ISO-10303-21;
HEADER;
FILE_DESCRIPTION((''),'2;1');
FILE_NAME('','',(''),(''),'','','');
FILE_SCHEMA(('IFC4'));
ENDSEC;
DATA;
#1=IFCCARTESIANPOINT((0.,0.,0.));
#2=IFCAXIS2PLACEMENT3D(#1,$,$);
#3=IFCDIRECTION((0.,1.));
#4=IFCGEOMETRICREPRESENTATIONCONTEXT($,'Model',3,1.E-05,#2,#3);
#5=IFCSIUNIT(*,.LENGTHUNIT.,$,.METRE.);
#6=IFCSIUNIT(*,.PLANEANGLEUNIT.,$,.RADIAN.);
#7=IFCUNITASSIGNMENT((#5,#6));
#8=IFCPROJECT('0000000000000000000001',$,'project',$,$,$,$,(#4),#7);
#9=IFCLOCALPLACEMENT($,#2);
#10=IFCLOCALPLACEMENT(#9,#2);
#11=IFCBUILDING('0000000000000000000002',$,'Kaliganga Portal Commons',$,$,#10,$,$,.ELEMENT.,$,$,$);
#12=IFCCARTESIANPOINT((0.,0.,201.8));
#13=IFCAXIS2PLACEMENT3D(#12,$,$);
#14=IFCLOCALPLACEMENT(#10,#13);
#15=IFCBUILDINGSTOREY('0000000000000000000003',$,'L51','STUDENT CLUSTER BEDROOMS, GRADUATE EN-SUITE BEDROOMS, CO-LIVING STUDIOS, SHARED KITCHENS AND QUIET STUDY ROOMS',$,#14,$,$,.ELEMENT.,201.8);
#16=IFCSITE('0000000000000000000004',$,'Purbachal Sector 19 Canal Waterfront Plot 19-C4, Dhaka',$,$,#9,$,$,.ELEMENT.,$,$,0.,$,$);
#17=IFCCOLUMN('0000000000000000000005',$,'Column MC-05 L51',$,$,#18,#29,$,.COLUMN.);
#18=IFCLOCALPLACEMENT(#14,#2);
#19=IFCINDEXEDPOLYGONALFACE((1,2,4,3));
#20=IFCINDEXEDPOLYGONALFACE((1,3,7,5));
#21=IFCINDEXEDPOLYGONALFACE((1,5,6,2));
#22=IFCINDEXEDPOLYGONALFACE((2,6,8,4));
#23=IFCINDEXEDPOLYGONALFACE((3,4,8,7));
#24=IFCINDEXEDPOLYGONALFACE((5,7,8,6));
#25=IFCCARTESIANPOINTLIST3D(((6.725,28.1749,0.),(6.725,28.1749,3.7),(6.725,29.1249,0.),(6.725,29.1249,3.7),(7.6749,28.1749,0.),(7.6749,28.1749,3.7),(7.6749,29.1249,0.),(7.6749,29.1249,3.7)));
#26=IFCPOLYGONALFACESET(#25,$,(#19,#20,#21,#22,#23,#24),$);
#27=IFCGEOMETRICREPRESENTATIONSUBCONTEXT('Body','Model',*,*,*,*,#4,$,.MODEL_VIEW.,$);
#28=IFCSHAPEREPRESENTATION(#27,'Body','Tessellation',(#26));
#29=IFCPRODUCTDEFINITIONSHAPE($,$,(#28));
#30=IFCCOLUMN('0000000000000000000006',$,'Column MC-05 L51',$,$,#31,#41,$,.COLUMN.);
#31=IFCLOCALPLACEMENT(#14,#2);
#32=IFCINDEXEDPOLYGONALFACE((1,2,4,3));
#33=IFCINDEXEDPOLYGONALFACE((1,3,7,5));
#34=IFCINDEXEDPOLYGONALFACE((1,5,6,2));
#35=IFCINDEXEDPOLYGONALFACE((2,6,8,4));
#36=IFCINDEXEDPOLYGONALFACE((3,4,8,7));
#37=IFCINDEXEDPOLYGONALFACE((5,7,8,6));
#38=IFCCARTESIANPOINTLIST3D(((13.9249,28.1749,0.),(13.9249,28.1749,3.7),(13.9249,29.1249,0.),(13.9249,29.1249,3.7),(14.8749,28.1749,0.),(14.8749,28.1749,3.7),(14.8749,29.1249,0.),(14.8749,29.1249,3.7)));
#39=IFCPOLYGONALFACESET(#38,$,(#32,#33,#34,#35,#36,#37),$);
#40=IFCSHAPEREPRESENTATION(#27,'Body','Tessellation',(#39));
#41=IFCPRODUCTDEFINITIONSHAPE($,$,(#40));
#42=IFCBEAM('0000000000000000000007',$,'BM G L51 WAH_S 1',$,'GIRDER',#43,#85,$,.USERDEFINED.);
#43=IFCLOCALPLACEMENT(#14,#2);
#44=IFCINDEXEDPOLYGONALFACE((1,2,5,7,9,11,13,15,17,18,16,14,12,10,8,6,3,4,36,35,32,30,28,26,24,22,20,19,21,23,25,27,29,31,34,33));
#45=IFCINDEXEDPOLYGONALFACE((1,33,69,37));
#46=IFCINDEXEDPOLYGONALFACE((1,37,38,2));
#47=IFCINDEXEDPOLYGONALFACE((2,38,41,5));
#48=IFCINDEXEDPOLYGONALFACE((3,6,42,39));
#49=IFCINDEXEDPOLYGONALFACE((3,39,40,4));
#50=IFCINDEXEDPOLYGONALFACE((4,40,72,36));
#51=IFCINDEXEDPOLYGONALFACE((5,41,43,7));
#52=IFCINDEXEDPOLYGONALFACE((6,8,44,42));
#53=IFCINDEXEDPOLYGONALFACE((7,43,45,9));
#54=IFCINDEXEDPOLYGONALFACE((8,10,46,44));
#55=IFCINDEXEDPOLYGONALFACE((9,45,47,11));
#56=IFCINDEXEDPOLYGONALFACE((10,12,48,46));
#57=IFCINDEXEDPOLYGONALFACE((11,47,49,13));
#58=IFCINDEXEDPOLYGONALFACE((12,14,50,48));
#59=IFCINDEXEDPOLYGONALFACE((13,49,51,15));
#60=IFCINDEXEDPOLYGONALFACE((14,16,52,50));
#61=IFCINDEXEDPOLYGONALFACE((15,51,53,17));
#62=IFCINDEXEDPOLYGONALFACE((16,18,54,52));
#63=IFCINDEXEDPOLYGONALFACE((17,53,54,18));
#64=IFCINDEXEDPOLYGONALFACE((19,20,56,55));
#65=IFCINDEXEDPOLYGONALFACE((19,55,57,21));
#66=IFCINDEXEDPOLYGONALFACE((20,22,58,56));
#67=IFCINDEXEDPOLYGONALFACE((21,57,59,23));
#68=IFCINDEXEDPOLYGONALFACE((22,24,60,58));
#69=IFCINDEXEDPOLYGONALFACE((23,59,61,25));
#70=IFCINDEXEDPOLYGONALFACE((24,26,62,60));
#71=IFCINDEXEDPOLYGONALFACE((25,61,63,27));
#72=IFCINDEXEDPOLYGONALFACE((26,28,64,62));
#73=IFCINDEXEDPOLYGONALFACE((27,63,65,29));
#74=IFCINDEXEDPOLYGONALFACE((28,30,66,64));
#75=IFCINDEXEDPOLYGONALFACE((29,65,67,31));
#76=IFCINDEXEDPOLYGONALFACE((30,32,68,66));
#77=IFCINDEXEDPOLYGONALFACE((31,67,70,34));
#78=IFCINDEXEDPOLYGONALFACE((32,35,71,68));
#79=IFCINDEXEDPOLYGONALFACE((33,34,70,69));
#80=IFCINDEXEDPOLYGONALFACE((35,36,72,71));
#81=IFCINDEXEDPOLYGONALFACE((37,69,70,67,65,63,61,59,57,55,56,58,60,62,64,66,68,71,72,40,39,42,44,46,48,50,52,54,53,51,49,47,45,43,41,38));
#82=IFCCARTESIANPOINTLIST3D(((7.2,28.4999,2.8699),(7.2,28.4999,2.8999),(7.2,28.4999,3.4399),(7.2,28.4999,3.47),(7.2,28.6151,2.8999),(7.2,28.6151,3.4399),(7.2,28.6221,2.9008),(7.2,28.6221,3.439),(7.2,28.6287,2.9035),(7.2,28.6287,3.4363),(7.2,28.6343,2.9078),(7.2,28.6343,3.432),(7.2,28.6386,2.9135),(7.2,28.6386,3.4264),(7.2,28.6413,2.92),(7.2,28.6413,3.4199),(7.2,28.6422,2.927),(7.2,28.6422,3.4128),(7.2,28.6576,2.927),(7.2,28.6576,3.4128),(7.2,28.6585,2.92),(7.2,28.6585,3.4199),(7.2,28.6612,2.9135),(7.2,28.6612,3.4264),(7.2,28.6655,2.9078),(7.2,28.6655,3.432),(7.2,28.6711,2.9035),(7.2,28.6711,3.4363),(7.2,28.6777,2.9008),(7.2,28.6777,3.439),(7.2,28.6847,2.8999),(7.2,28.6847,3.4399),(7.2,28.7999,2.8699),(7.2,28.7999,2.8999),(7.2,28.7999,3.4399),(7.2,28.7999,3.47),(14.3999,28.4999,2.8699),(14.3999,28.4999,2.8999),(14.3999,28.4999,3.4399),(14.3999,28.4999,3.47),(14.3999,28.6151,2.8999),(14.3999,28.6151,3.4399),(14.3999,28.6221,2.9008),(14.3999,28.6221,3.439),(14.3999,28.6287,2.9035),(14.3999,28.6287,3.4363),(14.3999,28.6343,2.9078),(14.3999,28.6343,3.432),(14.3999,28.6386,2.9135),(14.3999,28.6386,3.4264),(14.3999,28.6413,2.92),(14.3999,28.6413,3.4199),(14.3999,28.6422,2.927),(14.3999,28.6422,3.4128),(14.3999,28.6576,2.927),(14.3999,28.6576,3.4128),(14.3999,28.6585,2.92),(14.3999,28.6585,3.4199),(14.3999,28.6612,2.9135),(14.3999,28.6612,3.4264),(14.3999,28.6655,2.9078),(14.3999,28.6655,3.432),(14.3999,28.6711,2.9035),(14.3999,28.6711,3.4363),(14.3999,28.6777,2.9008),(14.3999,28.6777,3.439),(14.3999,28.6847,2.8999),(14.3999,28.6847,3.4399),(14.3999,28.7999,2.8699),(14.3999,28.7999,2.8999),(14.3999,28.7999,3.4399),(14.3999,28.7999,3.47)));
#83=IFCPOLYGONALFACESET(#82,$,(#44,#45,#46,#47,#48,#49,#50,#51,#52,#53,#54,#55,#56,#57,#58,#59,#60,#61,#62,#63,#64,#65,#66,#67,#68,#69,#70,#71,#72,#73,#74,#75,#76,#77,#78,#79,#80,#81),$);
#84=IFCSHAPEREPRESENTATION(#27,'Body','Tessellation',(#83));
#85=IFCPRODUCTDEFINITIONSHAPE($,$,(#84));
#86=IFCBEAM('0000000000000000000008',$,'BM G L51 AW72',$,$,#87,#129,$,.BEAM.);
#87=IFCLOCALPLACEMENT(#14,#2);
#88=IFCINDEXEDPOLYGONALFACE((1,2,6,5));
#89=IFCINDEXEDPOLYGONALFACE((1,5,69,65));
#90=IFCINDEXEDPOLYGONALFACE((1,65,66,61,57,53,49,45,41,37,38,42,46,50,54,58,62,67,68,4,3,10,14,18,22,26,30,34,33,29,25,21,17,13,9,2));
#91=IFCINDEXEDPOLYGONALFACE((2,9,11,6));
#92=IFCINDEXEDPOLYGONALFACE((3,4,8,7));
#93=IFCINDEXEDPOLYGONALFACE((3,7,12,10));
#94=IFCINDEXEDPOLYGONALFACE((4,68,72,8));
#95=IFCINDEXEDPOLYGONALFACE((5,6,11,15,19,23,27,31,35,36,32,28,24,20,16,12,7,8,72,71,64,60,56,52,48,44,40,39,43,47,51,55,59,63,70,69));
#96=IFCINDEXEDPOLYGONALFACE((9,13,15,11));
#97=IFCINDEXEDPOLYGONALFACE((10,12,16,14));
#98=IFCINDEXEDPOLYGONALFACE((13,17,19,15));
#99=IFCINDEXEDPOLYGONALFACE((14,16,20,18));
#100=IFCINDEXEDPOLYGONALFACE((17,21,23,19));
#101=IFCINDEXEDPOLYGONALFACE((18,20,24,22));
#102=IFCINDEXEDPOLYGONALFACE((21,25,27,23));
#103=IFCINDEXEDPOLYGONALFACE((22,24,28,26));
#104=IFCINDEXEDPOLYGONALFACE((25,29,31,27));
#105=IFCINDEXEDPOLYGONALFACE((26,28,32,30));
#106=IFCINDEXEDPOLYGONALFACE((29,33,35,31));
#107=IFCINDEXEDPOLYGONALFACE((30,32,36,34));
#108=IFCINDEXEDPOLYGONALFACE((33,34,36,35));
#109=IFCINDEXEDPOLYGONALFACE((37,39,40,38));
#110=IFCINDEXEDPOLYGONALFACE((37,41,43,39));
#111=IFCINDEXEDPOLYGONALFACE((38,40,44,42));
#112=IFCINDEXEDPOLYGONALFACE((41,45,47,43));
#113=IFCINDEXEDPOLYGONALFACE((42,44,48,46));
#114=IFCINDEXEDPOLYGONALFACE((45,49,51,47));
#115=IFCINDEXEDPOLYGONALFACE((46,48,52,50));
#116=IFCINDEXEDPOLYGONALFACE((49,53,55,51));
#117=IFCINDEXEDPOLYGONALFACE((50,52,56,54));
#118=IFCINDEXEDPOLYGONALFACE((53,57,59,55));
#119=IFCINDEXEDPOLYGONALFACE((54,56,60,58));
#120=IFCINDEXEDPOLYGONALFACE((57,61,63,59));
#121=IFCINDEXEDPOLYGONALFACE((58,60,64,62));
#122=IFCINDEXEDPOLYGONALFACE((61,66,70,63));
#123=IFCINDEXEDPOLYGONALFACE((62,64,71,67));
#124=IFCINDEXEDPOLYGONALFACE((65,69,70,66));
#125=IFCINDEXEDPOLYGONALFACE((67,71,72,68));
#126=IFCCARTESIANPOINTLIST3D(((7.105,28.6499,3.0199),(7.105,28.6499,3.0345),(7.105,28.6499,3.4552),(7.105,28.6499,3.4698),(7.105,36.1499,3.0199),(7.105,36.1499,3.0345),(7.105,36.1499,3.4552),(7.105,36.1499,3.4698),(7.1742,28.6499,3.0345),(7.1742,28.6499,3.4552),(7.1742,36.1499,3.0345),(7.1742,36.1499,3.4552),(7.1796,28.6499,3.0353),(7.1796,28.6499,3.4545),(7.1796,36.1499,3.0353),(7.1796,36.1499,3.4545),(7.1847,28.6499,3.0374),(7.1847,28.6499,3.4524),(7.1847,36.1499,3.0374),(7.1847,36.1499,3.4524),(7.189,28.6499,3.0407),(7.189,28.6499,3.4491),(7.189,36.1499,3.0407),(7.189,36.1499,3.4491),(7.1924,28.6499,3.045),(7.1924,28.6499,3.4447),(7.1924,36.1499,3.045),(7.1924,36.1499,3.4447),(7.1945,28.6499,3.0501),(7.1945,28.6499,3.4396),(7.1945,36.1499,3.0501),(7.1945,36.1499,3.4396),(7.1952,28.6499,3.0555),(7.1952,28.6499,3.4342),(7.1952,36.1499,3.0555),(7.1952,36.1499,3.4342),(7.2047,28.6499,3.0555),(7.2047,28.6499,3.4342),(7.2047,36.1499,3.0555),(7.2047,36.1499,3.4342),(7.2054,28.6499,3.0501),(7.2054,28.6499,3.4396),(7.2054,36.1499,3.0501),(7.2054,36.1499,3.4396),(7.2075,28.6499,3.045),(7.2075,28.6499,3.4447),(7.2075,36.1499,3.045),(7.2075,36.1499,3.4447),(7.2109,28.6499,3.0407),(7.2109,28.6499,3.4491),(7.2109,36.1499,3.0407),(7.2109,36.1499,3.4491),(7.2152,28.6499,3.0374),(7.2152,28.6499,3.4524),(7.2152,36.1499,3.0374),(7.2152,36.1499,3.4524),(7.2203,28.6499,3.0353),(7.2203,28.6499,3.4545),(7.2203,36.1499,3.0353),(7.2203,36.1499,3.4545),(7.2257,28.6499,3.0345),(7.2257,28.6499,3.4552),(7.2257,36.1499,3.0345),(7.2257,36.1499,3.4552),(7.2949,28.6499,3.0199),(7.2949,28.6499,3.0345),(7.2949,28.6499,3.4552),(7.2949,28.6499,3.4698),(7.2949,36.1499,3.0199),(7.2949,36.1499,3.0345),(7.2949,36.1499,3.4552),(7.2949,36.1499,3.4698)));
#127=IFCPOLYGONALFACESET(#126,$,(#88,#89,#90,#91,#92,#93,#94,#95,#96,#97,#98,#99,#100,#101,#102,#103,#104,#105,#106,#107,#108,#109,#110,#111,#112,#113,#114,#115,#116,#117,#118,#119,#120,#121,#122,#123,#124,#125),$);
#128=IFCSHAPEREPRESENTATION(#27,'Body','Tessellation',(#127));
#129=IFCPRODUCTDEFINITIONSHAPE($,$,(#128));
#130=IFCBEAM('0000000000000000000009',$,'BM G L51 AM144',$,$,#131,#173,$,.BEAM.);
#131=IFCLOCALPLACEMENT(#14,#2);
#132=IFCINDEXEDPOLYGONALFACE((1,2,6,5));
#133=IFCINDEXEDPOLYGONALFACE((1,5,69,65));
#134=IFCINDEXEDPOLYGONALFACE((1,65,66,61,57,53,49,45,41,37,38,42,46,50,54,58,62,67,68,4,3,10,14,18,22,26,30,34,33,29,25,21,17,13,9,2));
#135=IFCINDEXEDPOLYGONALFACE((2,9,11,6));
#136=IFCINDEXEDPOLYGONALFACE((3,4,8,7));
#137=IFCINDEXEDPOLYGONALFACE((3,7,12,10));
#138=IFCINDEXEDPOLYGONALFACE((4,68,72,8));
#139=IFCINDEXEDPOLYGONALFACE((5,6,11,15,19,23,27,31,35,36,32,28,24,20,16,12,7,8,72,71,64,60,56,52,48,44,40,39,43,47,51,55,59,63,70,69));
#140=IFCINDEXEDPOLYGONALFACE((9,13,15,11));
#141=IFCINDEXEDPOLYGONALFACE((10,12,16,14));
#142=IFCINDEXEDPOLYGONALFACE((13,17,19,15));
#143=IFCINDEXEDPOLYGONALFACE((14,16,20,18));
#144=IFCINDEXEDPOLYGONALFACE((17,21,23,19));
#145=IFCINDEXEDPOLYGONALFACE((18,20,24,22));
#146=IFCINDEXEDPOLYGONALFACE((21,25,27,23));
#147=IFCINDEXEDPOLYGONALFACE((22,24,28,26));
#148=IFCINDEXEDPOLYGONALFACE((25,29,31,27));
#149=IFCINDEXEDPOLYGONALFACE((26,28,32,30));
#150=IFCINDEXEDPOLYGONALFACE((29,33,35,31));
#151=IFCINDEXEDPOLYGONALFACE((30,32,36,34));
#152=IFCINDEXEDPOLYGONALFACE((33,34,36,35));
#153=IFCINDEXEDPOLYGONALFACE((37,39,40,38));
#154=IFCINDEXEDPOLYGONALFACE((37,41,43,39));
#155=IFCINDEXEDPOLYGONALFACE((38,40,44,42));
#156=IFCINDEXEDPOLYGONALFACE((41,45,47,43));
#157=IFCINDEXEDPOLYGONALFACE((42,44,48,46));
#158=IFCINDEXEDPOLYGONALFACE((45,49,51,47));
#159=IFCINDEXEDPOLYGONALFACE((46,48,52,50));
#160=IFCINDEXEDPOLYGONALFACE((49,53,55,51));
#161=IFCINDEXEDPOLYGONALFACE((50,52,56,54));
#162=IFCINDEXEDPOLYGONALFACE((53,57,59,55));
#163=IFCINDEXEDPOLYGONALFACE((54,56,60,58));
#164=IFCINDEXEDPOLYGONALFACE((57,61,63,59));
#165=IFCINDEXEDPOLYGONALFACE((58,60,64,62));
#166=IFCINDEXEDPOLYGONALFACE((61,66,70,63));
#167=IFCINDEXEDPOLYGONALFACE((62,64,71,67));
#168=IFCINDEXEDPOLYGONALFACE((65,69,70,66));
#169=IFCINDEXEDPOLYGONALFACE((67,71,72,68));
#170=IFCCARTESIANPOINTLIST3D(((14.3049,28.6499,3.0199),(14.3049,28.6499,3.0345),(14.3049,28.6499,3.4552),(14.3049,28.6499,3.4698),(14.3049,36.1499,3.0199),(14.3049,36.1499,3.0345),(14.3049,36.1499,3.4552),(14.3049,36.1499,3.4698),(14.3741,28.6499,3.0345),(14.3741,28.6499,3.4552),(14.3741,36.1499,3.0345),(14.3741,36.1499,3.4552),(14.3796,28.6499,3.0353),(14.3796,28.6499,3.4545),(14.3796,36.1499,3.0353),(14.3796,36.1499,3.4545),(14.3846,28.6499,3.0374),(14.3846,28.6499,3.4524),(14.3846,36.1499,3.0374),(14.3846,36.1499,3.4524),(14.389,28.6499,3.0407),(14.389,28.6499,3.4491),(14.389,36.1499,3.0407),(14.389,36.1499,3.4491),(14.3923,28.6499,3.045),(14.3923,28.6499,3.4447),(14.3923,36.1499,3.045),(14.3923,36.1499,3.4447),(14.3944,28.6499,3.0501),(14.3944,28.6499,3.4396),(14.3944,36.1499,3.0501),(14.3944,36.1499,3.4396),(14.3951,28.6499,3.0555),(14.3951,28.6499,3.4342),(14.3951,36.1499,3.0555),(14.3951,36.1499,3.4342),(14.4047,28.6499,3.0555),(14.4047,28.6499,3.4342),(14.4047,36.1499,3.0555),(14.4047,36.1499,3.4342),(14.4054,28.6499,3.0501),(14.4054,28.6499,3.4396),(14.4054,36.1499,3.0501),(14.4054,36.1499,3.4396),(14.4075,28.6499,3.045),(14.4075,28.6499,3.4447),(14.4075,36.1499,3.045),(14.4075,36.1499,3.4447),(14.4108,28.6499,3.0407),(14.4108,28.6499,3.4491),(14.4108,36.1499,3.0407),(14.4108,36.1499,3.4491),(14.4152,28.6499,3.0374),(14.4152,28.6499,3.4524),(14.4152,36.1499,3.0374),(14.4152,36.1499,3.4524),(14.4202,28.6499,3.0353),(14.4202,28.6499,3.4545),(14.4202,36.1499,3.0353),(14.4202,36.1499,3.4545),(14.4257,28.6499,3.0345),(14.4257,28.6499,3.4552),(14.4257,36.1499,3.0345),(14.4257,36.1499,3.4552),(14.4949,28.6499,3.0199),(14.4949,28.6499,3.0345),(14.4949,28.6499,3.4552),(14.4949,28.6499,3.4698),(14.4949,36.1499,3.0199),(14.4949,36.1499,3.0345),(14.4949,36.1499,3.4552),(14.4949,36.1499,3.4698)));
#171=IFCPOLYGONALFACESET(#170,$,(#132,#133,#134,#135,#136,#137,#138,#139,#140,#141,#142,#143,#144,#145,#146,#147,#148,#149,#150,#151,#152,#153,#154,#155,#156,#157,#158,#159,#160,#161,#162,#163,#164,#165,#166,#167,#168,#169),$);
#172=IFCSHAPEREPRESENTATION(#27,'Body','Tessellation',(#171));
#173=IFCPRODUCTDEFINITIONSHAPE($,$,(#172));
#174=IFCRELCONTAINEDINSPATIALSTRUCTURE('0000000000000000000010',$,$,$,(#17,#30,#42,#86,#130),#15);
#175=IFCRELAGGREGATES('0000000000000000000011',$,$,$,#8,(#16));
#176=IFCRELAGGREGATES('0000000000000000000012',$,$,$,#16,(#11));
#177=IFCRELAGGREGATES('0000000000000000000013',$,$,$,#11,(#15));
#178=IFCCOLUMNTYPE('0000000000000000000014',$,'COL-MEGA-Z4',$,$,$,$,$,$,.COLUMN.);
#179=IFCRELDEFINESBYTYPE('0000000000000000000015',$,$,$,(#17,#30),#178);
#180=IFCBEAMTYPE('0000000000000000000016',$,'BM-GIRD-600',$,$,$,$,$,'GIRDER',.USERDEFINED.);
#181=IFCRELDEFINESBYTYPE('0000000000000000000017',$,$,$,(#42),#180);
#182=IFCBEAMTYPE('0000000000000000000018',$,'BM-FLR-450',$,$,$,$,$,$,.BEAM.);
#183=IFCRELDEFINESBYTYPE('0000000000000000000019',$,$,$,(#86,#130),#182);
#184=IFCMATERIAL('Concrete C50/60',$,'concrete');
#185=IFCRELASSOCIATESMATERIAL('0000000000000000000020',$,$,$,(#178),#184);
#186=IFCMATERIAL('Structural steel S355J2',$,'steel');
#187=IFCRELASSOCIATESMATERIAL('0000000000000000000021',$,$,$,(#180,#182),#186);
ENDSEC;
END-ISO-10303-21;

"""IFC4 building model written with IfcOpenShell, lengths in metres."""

from ifc_helpers import new_model, si_unit, direction, frame, origin, origin_2d, place, context, subcontext, project, spatial, rectangle, i_section, extrude, source, transform, mapped, material, material_profile, profile_set, type_object, element, save


model = new_model("IFC4")

# Units and contexts
model_context = context("Model", 3, precision=1e-05, world=origin(), true_north=direction((0.0, 1.0)))
body_context = subcontext(model_context, "Body", "Model", "MODEL_VIEW")
ifc_project = project(units=[si_unit("LENGTHUNIT", "METRE"), si_unit("PLANEANGLEUNIT", "RADIAN")], contexts=[model_context])

# Site, building, storey
site_placement = place(None, origin())
site = spatial("IfcSite", under=ifc_project, at=site_placement, Name="Purbachal Sector 19 Canal Waterfront Plot 19-C4, Dhaka", CompositionType="ELEMENT", RefElevation=0.0)
building_placement = place(site_placement, origin())
building = spatial("IfcBuilding", under=site, at=building_placement, Name="Kaliganga Portal Commons", CompositionType="ELEMENT")
storey_placement = place(building_placement, frame((0.0, 0.0, 201.8)))
storey = spatial("IfcBuildingStorey", under=building, at=storey_placement, Name="L51", Description="STUDENT CLUSTER BEDROOMS, GRADUATE EN-SUITE BEDROOMS, CO-LIVING STUDIOS, SHARED KITCHENS AND QUIET STUDY ROOMS", CompositionType="ELEMENT", Elevation=201.8)

# Columns
ifc_material_1 = material(Name="Concrete C50/60", Category="concrete")
ifc_material_profile_1 = material_profile(ifc_material_1, rectangle(XDim=0.95, YDim=0.95, at=origin_2d()), Name="RC 950x950")
ifc_profile_set_1 = profile_set([ifc_material_profile_1], Name="Concrete C50/60")
column_type = type_object("IfcColumnType", Name="COL-MEGA-Z4", PredefinedType="COLUMN", material=ifc_profile_set_1)
shared_shape_1 = source(origin(), body_context, "Body", "SweptSolid", [
    extrude(rectangle(XDim=0.95, YDim=0.95, at=origin_2d()), origin(), (0.0, 0.0, 1.0), 3.7),
])
for number, where, z_axis, x_axis, name in (
    (1, (7.2, 28.6499, 0.0), (0.0, 0.0, 1.0), (1.0, 0.0, 0.0), "Column MC-05 L51"),
    (2, (14.3999, 28.6499, 0.0), (0.0, 0.0, 1.0), (1.0, 0.0, 0.0), "Column MC-05 L51"),
):
    element("IfcColumn", number, at=place(storey_placement, frame(where, z_axis=z_axis, x_axis=x_axis)), inside=storey, type_object=column_type, Name=name, PredefinedType="COLUMN", context=body_context, shape_type="MappedRepresentation", body=[
        mapped(shared_shape_1, transform((0.0, 0.0, 0.0), x_axis=(1.0, 0.0, 0.0), y_axis=(0.0, 1.0, 0.0), z_axis=(0.0, 0.0, 1.0), scale=1.0)),
    ])

# Beams
ifc_material_2 = material(Name="Structural steel S355J2", Category="steel")
ifc_material_profile_2 = material_profile(ifc_material_2, i_section(OverallWidth=0.3, OverallDepth=0.6001, WebThickness=0.0154, FlangeThickness=0.03, FilletRadius=0.0271, at=origin_2d()), Name="HE 600 B")
ifc_profile_set_2 = profile_set([ifc_material_profile_2], Name="Structural steel S355J2 wide-flange")
beam_type_1 = type_object("IfcBeamType", Name="BM-GIRD-600", ElementType="GIRDER", PredefinedType="USERDEFINED", material=ifc_profile_set_2)
shared_shape_2 = source(origin(), body_context, "Body", "SweptSolid", [
    extrude(i_section(OverallWidth=0.3, OverallDepth=0.6001, WebThickness=0.0154, FlangeThickness=0.03, FilletRadius=0.0271, at=origin_2d()), origin(), (0.0, 0.0, 1.0), 7.2),
])
beam_placement = place(storey_placement, frame((7.2, 28.6499, 3.1699), z_axis=(1.0, 0.0, 0.0), x_axis=(0.0, 1.0, 0.0)))
element("IfcBeam", 3, at=beam_placement, inside=storey, type_object=beam_type_1, Name="BM G L51 WAH_S 1", ObjectType="GIRDER", PredefinedType="USERDEFINED", context=body_context, shape_type="MappedRepresentation", body=[
    mapped(shared_shape_2, transform((0.0, 0.0, 0.0), x_axis=(1.0, 0.0, 0.0), y_axis=(0.0, 1.0, 0.0), z_axis=(0.0, 0.0, 1.0), scale=1.0)),
])
ifc_material_profile_3 = material_profile(ifc_material_2, i_section(OverallWidth=0.1899, OverallDepth=0.45, WebThickness=0.0095, FlangeThickness=0.0146, FilletRadius=0.021, at=origin_2d()), Name="IPE 450")
ifc_profile_set_3 = profile_set([ifc_material_profile_3], Name="Structural steel S355J2 wide-flange")
beam_type_2 = type_object("IfcBeamType", Name="BM-FLR-450", PredefinedType="BEAM", material=ifc_profile_set_3)
shared_shape_3 = source(origin(), body_context, "Body", "SweptSolid", [
    extrude(i_section(OverallWidth=0.1899, OverallDepth=0.45, WebThickness=0.0095, FlangeThickness=0.0146, FilletRadius=0.021, at=origin_2d()), origin(), (0.0, 0.0, 1.0), 7.5),
])
for number, where, z_axis, x_axis, name in (
    (4, (7.2, 28.6499, 3.2449), (0.0, 1.0, 0.0), (-1.0, 0.0, 0.0), "BM G L51 AW72"),
    (5, (14.3999, 28.6499, 3.2449), (0.0, 1.0, 0.0), (-1.0, 0.0, 0.0), "BM G L51 AM144"),
):
    element("IfcBeam", number, at=place(storey_placement, frame(where, z_axis=z_axis, x_axis=x_axis)), inside=storey, type_object=beam_type_2, Name=name, PredefinedType="BEAM", context=body_context, shape_type="MappedRepresentation", body=[
        mapped(shared_shape_3, transform((0.0, 0.0, 0.0), x_axis=(1.0, 0.0, 0.0), y_axis=(0.0, 1.0, 0.0), z_axis=(0.0, 0.0, 1.0), scale=1.0)),
    ])

save(model, "model.ifc")
